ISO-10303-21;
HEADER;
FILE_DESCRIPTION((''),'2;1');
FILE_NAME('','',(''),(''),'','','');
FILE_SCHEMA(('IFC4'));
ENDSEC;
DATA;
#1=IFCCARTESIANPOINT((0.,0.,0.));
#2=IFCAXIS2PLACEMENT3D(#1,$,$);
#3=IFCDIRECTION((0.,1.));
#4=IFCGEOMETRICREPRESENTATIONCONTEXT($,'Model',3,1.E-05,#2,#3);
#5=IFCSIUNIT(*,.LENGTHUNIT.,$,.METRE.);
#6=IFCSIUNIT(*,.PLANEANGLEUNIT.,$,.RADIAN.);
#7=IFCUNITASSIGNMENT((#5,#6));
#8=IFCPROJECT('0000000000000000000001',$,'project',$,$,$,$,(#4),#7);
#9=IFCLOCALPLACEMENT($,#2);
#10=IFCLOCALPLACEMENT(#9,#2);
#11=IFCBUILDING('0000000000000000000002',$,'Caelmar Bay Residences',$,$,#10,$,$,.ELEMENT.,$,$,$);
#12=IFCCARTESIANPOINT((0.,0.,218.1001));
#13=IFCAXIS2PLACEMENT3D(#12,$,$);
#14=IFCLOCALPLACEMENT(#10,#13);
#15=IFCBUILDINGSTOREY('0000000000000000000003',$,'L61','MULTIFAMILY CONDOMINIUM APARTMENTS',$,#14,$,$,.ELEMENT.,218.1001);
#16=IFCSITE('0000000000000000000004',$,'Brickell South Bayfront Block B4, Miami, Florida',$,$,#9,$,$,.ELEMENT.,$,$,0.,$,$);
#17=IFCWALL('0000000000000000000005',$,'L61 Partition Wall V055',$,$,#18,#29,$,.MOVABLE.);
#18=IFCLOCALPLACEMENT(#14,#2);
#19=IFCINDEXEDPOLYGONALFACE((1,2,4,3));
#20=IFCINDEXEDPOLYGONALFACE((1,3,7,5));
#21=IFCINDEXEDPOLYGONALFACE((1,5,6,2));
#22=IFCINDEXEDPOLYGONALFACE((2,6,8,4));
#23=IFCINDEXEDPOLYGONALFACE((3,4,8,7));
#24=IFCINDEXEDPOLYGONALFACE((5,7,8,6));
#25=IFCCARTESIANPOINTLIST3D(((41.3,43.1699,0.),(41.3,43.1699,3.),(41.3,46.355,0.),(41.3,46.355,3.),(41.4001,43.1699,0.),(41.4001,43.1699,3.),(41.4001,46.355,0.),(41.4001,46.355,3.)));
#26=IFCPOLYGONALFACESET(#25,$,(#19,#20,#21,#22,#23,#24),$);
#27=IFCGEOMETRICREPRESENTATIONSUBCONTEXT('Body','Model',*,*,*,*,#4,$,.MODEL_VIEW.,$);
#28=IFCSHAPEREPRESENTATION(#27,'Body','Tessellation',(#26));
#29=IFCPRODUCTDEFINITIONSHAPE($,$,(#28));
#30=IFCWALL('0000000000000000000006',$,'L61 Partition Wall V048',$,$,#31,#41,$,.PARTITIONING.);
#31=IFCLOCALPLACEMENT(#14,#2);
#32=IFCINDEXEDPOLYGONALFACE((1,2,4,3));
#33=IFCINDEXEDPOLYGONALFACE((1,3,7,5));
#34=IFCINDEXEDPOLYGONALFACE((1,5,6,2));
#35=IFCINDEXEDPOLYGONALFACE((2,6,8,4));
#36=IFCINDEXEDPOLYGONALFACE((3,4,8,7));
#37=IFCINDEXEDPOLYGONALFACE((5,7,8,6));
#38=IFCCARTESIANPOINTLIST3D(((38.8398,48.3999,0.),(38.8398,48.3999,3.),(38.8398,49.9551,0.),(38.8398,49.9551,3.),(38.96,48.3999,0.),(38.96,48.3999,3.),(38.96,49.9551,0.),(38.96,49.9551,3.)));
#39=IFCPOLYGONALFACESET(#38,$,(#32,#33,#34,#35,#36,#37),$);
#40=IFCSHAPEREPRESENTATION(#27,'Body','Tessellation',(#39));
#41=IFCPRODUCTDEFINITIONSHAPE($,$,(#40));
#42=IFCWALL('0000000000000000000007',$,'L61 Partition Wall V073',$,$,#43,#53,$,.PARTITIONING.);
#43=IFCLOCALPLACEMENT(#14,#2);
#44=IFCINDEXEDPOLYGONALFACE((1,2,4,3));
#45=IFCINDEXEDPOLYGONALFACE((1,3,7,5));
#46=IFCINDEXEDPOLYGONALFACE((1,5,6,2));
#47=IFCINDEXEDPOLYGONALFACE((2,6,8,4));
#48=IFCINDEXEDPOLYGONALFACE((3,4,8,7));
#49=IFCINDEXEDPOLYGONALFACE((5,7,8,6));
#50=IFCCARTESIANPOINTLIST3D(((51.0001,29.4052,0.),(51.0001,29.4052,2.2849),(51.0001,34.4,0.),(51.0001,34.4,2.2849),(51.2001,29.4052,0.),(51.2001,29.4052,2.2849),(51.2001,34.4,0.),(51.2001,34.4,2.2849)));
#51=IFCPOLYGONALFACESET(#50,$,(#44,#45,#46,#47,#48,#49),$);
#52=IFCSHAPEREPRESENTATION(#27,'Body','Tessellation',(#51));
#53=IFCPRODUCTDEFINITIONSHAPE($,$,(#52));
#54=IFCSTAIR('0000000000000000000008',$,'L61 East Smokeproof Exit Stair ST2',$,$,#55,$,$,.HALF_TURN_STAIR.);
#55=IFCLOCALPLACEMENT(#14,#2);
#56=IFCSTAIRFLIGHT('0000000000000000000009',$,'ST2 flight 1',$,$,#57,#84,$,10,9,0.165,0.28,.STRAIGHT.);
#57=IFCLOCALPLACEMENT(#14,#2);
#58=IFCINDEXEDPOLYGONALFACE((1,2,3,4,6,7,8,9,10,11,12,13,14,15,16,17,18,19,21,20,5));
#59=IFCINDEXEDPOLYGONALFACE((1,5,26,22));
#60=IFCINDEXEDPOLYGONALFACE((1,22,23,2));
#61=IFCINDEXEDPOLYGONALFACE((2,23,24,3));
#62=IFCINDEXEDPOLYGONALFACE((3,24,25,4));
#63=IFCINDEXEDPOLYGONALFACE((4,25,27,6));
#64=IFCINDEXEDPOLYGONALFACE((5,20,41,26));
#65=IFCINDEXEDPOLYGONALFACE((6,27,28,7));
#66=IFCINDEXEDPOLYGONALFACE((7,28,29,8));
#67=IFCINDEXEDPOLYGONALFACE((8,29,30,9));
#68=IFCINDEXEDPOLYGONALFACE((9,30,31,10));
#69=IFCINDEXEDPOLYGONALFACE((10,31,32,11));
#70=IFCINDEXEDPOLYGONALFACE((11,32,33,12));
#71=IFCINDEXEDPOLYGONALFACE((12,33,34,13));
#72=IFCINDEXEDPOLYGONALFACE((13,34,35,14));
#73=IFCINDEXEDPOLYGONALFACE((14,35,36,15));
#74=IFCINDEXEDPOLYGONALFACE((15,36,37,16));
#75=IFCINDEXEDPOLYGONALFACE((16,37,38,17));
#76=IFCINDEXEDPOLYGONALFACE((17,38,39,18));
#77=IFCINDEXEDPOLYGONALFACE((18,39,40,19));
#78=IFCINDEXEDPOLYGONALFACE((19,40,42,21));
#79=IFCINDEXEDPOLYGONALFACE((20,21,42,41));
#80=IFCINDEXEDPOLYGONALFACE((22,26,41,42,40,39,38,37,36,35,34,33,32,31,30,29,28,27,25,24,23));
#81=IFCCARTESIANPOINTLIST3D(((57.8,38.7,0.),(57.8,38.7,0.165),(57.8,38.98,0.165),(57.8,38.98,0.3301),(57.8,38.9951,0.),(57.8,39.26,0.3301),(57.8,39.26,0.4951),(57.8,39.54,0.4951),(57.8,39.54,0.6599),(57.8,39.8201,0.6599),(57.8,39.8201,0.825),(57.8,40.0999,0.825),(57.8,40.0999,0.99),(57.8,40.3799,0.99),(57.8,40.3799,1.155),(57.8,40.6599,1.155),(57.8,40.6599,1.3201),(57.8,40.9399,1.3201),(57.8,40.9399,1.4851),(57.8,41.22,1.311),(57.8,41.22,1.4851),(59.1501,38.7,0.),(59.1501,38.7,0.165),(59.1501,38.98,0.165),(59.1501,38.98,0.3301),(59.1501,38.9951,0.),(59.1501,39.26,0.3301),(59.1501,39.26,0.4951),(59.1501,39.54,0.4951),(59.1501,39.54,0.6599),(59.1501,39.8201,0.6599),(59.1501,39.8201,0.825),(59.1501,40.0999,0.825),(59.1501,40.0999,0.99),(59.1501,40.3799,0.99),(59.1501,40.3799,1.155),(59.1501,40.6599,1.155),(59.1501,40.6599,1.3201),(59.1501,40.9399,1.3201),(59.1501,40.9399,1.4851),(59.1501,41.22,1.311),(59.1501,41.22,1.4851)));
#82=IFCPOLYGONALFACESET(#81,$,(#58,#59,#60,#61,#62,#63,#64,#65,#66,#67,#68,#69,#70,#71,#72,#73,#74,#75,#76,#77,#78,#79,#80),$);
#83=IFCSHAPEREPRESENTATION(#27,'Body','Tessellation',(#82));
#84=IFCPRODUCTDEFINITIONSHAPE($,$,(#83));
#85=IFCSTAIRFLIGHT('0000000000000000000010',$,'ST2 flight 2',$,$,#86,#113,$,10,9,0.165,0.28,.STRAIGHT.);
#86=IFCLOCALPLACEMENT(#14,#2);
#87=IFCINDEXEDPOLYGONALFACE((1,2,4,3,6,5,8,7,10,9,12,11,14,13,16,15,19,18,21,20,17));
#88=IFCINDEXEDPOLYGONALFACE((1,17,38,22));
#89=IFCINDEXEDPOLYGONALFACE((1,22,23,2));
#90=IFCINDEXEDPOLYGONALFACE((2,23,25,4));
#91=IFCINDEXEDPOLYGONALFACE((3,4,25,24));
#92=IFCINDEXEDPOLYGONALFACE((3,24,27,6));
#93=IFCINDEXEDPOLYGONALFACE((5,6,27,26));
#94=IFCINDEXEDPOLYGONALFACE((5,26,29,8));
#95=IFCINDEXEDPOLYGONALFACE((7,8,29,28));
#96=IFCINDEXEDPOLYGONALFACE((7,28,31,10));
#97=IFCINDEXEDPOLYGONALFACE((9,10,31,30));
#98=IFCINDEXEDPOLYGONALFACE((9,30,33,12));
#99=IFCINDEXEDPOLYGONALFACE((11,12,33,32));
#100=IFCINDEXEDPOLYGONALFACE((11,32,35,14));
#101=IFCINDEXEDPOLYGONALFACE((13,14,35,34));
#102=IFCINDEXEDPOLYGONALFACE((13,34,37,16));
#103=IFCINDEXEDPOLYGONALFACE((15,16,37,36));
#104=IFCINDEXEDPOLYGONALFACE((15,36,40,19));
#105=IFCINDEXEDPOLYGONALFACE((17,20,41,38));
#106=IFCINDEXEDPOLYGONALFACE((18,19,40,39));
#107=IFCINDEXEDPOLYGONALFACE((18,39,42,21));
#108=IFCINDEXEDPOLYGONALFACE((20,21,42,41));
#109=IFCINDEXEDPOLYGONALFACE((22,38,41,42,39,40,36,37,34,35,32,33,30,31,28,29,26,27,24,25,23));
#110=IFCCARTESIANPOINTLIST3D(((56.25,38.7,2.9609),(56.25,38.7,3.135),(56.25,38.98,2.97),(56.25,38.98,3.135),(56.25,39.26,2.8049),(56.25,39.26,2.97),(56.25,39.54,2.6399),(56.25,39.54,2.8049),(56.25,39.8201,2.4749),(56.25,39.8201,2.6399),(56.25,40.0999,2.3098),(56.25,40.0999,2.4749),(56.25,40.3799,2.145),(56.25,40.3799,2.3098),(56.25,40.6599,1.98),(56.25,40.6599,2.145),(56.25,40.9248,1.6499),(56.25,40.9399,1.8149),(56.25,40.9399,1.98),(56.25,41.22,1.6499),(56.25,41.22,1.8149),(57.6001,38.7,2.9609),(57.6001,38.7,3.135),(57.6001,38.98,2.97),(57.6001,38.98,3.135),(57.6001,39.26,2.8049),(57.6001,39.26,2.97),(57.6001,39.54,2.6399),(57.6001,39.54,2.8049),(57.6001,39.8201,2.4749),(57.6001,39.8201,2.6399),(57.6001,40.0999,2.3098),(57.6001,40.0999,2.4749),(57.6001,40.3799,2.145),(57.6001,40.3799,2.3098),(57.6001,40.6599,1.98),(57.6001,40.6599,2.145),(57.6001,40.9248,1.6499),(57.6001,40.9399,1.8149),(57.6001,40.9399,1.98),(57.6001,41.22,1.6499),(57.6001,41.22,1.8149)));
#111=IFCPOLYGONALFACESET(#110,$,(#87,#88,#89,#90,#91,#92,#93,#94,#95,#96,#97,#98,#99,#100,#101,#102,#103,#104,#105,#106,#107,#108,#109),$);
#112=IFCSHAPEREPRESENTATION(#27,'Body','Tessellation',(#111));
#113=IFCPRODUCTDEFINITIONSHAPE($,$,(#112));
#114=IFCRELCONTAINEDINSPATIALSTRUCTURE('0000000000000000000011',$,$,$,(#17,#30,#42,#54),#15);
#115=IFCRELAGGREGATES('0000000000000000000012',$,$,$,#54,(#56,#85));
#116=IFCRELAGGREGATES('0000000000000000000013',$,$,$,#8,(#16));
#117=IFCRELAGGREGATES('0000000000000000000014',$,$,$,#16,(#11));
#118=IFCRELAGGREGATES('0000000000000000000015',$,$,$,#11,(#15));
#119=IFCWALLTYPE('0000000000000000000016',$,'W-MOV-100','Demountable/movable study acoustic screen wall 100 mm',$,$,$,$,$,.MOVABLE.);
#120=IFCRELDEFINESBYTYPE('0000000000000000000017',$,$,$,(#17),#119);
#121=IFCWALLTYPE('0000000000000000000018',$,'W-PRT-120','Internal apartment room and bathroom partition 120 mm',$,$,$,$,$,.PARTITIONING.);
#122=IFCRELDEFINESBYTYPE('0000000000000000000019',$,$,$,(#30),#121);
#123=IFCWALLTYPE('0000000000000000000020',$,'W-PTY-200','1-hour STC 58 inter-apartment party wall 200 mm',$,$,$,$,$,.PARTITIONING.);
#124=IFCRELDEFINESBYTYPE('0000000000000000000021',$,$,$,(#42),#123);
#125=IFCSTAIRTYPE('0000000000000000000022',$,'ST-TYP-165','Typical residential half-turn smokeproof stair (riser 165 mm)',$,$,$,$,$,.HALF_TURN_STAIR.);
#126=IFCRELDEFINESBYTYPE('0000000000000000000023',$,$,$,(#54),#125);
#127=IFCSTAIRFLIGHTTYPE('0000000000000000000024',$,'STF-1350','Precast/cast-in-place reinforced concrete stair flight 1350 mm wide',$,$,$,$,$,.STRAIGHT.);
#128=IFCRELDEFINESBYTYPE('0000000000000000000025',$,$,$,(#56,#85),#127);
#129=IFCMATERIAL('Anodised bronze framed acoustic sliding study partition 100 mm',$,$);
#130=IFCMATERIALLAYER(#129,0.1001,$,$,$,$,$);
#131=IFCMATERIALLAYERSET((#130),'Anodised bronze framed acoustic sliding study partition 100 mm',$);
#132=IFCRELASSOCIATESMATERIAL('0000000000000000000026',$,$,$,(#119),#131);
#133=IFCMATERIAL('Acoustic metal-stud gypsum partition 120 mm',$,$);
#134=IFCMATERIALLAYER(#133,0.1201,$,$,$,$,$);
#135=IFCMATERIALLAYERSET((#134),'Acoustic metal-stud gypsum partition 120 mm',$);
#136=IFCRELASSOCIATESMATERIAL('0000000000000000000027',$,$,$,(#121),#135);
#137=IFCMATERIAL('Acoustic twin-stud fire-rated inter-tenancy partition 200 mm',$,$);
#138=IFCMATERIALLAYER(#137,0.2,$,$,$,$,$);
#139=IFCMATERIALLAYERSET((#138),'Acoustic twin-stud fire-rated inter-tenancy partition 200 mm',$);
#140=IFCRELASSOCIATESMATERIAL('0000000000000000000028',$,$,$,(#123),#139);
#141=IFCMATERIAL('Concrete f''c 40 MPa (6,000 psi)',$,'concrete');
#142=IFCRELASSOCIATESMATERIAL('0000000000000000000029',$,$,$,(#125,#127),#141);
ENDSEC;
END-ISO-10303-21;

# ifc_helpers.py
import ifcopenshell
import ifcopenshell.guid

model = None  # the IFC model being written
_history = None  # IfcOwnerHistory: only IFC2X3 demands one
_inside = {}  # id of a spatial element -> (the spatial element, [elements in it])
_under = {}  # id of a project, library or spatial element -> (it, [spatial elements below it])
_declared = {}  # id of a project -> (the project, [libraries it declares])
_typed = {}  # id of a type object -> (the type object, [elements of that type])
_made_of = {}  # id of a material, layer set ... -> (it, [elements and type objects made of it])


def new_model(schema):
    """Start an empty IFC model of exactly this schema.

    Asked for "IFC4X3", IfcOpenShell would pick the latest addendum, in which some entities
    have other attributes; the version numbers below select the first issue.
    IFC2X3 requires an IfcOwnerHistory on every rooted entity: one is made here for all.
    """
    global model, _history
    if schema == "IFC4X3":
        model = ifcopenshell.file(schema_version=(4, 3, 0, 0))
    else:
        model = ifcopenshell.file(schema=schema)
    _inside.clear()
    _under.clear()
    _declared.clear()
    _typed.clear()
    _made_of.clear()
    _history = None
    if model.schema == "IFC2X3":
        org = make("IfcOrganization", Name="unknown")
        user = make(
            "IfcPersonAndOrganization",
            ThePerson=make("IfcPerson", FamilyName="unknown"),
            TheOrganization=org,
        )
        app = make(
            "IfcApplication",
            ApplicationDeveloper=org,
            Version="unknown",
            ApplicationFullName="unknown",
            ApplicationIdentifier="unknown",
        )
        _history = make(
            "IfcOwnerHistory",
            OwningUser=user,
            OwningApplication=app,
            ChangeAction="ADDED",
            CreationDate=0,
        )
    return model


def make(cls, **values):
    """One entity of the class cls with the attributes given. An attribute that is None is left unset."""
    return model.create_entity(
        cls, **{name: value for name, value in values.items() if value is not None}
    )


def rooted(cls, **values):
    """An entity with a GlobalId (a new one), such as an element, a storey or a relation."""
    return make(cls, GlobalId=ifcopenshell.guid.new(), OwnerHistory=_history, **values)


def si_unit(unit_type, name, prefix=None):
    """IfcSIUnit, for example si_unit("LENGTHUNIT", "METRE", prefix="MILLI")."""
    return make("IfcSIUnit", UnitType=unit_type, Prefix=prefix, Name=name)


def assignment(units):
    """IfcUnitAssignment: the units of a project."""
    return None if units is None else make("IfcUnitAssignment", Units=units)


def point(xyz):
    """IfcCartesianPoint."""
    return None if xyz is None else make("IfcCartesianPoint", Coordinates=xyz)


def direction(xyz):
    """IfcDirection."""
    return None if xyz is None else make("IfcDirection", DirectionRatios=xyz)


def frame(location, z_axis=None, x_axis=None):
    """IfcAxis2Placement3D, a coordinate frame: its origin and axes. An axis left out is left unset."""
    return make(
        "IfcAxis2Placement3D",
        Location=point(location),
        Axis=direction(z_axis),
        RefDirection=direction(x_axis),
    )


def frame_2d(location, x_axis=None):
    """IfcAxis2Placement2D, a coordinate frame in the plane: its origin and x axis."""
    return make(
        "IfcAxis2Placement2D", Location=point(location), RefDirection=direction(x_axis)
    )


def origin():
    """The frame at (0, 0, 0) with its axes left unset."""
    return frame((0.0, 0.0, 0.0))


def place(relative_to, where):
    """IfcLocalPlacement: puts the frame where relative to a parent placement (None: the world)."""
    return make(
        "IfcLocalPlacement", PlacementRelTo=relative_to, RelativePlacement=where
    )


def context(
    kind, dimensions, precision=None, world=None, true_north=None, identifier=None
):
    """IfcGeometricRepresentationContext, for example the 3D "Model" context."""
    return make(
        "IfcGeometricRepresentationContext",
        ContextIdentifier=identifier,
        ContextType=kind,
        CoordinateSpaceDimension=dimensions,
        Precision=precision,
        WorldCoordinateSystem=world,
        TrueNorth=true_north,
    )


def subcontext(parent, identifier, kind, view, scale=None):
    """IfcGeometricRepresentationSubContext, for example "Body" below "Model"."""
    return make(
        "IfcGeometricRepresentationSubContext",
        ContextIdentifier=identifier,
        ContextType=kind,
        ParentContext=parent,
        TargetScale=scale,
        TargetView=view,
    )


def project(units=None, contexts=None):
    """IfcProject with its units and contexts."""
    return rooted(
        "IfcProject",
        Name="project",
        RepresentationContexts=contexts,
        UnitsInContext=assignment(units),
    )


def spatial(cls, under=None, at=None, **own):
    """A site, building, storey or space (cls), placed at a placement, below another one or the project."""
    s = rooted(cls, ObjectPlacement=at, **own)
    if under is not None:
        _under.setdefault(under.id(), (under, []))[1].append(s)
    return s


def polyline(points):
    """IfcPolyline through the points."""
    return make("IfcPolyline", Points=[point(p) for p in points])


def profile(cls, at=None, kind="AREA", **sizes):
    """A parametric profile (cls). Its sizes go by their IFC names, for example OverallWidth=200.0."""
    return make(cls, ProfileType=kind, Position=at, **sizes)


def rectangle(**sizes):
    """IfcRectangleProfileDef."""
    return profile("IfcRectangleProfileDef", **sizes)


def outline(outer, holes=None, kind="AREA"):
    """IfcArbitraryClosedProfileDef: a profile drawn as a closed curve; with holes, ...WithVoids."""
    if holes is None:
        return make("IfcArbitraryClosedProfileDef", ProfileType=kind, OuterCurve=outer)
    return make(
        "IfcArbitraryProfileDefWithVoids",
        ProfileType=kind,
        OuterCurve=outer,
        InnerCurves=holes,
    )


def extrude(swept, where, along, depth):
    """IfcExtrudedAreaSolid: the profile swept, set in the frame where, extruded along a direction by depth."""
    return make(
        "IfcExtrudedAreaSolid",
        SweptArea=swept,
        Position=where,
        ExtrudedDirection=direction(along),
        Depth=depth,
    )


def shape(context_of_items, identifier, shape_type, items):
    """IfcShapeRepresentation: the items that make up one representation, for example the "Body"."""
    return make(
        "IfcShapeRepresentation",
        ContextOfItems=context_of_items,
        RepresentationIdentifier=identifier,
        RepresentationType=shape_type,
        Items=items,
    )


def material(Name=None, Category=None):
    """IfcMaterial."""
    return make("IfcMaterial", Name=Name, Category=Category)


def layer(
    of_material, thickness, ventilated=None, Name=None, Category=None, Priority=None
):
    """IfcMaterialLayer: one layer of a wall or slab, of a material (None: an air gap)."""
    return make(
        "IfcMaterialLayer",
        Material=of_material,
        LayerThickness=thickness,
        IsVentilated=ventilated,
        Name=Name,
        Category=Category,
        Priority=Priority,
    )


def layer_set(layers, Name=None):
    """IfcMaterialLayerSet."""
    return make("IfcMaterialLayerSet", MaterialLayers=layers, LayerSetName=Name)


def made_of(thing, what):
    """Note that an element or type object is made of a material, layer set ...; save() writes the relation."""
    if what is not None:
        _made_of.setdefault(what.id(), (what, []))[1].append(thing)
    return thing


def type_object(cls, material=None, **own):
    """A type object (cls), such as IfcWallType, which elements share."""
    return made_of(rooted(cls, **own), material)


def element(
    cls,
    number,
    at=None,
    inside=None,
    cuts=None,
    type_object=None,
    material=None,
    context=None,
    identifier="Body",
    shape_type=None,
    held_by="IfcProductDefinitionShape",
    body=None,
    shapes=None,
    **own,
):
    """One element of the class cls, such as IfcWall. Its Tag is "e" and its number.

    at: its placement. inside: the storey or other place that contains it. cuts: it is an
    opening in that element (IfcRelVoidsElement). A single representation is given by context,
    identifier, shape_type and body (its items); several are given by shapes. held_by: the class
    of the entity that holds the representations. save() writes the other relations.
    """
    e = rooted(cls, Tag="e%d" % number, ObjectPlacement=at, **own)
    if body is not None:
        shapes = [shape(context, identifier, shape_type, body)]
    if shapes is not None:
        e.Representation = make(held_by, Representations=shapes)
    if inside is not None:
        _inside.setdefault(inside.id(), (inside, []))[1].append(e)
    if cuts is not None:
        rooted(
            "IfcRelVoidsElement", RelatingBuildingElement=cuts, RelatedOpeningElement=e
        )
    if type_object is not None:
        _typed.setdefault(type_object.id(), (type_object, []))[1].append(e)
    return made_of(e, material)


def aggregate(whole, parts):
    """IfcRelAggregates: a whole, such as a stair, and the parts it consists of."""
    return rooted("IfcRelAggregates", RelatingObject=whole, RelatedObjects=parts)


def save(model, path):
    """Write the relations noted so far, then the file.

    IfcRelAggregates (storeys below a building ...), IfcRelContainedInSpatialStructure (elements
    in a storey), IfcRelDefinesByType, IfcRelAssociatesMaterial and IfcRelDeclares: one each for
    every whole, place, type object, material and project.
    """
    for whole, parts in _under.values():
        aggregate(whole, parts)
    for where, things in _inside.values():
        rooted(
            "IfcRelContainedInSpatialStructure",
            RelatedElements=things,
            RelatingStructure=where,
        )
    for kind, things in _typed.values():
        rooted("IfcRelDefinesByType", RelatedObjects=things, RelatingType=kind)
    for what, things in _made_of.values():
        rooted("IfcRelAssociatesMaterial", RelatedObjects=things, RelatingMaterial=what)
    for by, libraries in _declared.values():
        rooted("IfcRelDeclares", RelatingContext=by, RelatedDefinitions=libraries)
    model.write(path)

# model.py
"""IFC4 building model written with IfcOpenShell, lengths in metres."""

from ifc_helpers import new_model, si_unit, direction, frame, frame_2d, origin, place, context, subcontext, project, spatial, polyline, rectangle, outline, extrude, material, layer, layer_set, type_object, element, aggregate, save


model = new_model("IFC4")

# Units and contexts
model_context = context("Model", 3, precision=1e-05, world=origin(), true_north=direction((0.0, 1.0)))
body_context = subcontext(model_context, "Body", "Model", "MODEL_VIEW")
ifc_project = project(units=[si_unit("LENGTHUNIT", "METRE"), si_unit("PLANEANGLEUNIT", "RADIAN")], contexts=[model_context])

# Site, building, storey
site_placement = place(None, origin())
site = spatial("IfcSite", under=ifc_project, at=site_placement, Name="Brickell South Bayfront Block B4, Miami, Florida", CompositionType="ELEMENT", RefElevation=0.0)
building_placement = place(site_placement, origin())
building = spatial("IfcBuilding", under=site, at=building_placement, Name="Caelmar Bay Residences", CompositionType="ELEMENT")
storey_placement = place(building_placement, frame((0.0, 0.0, 218.1001)))
storey = spatial("IfcBuildingStorey", under=building, at=storey_placement, Name="L61", Description="MULTIFAMILY CONDOMINIUM APARTMENTS", CompositionType="ELEMENT", Elevation=218.1001)

# Walls
ifc_material_1 = material(Name="Anodised bronze framed acoustic sliding study partition 100 mm")
ifc_layer_1 = layer(ifc_material_1, 0.1001)
ifc_layer_set_1 = layer_set([ifc_layer_1], Name="Anodised bronze framed acoustic sliding study partition 100 mm")
wall_type_1 = type_object("IfcWallType", Name="W-MOV-100", Description="Demountable/movable study acoustic screen wall 100 mm", PredefinedType="MOVABLE", material=ifc_layer_set_1)
wall_1_placement = place(storey_placement, frame((41.3501, 43.1699, 0.0), z_axis=(0.0, 0.0, 1.0), x_axis=(0.0, 1.0, 0.0)))
element("IfcWall", 1, at=wall_1_placement, inside=storey, type_object=wall_type_1, Name="L61 Partition Wall V055", PredefinedType="MOVABLE", context=body_context, shape_type="SweptSolid", body=[
    extrude(rectangle(XDim=3.1851, YDim=0.1001, at=frame_2d((1.5925, 0.0))), origin(), (0.0, 0.0, 1.0), 3.0),
])
ifc_material_2 = material(Name="Acoustic metal-stud gypsum partition 120 mm")
ifc_layer_2 = layer(ifc_material_2, 0.1201)
ifc_layer_set_2 = layer_set([ifc_layer_2], Name="Acoustic metal-stud gypsum partition 120 mm")
wall_type_2 = type_object("IfcWallType", Name="W-PRT-120", Description="Internal apartment room and bathroom partition 120 mm", PredefinedType="PARTITIONING", material=ifc_layer_set_2)
wall_2_placement = place(storey_placement, frame((38.8999, 48.3999, 0.0), z_axis=(0.0, 0.0, 1.0), x_axis=(0.0, 1.0, 0.0)))
element("IfcWall", 2, at=wall_2_placement, inside=storey, type_object=wall_type_2, Name="L61 Partition Wall V048", PredefinedType="PARTITIONING", context=body_context, shape_type="SweptSolid", body=[
    extrude(rectangle(XDim=1.5552, YDim=0.1201, at=frame_2d((0.7776, 0.0))), origin(), (0.0, 0.0, 1.0), 3.0),
])
ifc_material_3 = material(Name="Acoustic twin-stud fire-rated inter-tenancy partition 200 mm")
ifc_layer_3 = layer(ifc_material_3, 0.2)
ifc_layer_set_3 = layer_set([ifc_layer_3], Name="Acoustic twin-stud fire-rated inter-tenancy partition 200 mm")
wall_type_3 = type_object("IfcWallType", Name="W-PTY-200", Description="1-hour STC 58 inter-apartment party wall 200 mm", PredefinedType="PARTITIONING", material=ifc_layer_set_3)
wall_3_placement = place(storey_placement, frame((51.1001, 29.405, 0.0), z_axis=(0.0, 0.0, 1.0), x_axis=(0.0, 1.0, 0.0)))
element("IfcWall", 3, at=wall_3_placement, inside=storey, type_object=wall_type_3, Name="L61 Partition Wall V073", PredefinedType="PARTITIONING", context=body_context, shape_type="SweptSolid", body=[
    extrude(rectangle(XDim=4.9949, YDim=0.2, at=frame_2d((2.4976, 0.0))), origin(), (0.0, 0.0, 1.0), 2.2849),
])

# Stair, stair flights
ifc_material_4 = material(Name="Concrete f'c 40 MPa (6,000 psi)", Category="concrete")
stair_type = type_object("IfcStairType", Name="ST-TYP-165", Description="Typical residential half-turn smokeproof stair (riser 165 mm)", PredefinedType="HALF_TURN_STAIR", material=ifc_material_4)
stair_placement = place(storey_placement, origin())
stair = element("IfcStair", 4, at=stair_placement, inside=storey, type_object=stair_type, Name="L61 East Smokeproof Exit Stair ST2", PredefinedType="HALF_TURN_STAIR")
stair_flight_type = type_object("IfcStairFlightType", Name="STF-1350", Description="Precast/cast-in-place reinforced concrete stair flight 1350 mm wide", PredefinedType="STRAIGHT", material=ifc_material_4)
stair_flight_1_placement = place(storey_placement, frame((58.4751, 38.7, 0.0), z_axis=(0.0, 0.0, 1.0), x_axis=(0.0, 1.0, 0.0)))
stair_flight_1 = element("IfcStairFlight", 5, at=stair_flight_1_placement, type_object=stair_flight_type, Name="ST2 flight 1", NumberOfRisers=10, NumberOfTreads=9, PredefinedType="STRAIGHT", RiserHeight=0.165, TreadLength=0.28, context=body_context, shape_type="SweptSolid", body=[
    extrude(outline(polyline([(0.0, 0.0), (0.0, 0.165), (0.28, 0.165), (0.28, 0.3301), (0.5601, 0.3301), (0.5601, 0.4951), (0.8401, 0.4951), (0.8401, 0.6599), (1.1201, 0.6599), (1.1201, 0.825), (1.3999, 0.825), (1.3999, 0.99), (1.6799, 0.99), (1.6799, 1.155), (1.96, 1.155), (1.96, 1.3201), (2.24, 1.3201), (2.24, 1.4851), (2.52, 1.4851), (2.52, 1.6499), (2.52, 1.311), (0.2952, 0.0), (0.0, 0.0)])), frame((0.0, 0.675, 0.0), z_axis=(0.0, -1.0, 0.0), x_axis=(1.0, 0.0, 0.0)), (0.0, 0.0, 1.0), 1.3501),
])
stair_flight_2_placement = place(storey_placement, frame((56.925, 41.22, 1.6499), z_axis=(0.0, 0.0, 1.0), x_axis=(0.0, -1.0, 0.0)))
stair_flight_2 = element("IfcStairFlight", 6, at=stair_flight_2_placement, type_object=stair_flight_type, Name="ST2 flight 2", NumberOfRisers=10, NumberOfTreads=9, PredefinedType="STRAIGHT", RiserHeight=0.165, TreadLength=0.28, context=body_context, shape_type="SweptSolid", body=[
    extrude(outline(polyline([(0.0, 0.0), (0.0, 0.165), (0.28, 0.165), (0.28, 0.3301), (0.5601, 0.3301), (0.5601, 0.4951), (0.8401, 0.4951), (0.8401, 0.6599), (1.1201, 0.6599), (1.1201, 0.825), (1.3999, 0.825), (1.3999, 0.99), (1.6799, 0.99), (1.6799, 1.155), (1.96, 1.155), (1.96, 1.3201), (2.24, 1.3201), (2.24, 1.4851), (2.52, 1.4851), (2.52, 1.6499), (2.52, 1.311), (0.2952, 0.0), (0.0, 0.0)])), frame((0.0, 0.675, 0.0), z_axis=(0.0, -1.0, 0.0), x_axis=(1.0, 0.0, 0.0)), (0.0, 0.0, 1.0), 1.3501),
])
aggregate(stair, [stair_flight_1, stair_flight_2])

save(model, "model.ifc")
